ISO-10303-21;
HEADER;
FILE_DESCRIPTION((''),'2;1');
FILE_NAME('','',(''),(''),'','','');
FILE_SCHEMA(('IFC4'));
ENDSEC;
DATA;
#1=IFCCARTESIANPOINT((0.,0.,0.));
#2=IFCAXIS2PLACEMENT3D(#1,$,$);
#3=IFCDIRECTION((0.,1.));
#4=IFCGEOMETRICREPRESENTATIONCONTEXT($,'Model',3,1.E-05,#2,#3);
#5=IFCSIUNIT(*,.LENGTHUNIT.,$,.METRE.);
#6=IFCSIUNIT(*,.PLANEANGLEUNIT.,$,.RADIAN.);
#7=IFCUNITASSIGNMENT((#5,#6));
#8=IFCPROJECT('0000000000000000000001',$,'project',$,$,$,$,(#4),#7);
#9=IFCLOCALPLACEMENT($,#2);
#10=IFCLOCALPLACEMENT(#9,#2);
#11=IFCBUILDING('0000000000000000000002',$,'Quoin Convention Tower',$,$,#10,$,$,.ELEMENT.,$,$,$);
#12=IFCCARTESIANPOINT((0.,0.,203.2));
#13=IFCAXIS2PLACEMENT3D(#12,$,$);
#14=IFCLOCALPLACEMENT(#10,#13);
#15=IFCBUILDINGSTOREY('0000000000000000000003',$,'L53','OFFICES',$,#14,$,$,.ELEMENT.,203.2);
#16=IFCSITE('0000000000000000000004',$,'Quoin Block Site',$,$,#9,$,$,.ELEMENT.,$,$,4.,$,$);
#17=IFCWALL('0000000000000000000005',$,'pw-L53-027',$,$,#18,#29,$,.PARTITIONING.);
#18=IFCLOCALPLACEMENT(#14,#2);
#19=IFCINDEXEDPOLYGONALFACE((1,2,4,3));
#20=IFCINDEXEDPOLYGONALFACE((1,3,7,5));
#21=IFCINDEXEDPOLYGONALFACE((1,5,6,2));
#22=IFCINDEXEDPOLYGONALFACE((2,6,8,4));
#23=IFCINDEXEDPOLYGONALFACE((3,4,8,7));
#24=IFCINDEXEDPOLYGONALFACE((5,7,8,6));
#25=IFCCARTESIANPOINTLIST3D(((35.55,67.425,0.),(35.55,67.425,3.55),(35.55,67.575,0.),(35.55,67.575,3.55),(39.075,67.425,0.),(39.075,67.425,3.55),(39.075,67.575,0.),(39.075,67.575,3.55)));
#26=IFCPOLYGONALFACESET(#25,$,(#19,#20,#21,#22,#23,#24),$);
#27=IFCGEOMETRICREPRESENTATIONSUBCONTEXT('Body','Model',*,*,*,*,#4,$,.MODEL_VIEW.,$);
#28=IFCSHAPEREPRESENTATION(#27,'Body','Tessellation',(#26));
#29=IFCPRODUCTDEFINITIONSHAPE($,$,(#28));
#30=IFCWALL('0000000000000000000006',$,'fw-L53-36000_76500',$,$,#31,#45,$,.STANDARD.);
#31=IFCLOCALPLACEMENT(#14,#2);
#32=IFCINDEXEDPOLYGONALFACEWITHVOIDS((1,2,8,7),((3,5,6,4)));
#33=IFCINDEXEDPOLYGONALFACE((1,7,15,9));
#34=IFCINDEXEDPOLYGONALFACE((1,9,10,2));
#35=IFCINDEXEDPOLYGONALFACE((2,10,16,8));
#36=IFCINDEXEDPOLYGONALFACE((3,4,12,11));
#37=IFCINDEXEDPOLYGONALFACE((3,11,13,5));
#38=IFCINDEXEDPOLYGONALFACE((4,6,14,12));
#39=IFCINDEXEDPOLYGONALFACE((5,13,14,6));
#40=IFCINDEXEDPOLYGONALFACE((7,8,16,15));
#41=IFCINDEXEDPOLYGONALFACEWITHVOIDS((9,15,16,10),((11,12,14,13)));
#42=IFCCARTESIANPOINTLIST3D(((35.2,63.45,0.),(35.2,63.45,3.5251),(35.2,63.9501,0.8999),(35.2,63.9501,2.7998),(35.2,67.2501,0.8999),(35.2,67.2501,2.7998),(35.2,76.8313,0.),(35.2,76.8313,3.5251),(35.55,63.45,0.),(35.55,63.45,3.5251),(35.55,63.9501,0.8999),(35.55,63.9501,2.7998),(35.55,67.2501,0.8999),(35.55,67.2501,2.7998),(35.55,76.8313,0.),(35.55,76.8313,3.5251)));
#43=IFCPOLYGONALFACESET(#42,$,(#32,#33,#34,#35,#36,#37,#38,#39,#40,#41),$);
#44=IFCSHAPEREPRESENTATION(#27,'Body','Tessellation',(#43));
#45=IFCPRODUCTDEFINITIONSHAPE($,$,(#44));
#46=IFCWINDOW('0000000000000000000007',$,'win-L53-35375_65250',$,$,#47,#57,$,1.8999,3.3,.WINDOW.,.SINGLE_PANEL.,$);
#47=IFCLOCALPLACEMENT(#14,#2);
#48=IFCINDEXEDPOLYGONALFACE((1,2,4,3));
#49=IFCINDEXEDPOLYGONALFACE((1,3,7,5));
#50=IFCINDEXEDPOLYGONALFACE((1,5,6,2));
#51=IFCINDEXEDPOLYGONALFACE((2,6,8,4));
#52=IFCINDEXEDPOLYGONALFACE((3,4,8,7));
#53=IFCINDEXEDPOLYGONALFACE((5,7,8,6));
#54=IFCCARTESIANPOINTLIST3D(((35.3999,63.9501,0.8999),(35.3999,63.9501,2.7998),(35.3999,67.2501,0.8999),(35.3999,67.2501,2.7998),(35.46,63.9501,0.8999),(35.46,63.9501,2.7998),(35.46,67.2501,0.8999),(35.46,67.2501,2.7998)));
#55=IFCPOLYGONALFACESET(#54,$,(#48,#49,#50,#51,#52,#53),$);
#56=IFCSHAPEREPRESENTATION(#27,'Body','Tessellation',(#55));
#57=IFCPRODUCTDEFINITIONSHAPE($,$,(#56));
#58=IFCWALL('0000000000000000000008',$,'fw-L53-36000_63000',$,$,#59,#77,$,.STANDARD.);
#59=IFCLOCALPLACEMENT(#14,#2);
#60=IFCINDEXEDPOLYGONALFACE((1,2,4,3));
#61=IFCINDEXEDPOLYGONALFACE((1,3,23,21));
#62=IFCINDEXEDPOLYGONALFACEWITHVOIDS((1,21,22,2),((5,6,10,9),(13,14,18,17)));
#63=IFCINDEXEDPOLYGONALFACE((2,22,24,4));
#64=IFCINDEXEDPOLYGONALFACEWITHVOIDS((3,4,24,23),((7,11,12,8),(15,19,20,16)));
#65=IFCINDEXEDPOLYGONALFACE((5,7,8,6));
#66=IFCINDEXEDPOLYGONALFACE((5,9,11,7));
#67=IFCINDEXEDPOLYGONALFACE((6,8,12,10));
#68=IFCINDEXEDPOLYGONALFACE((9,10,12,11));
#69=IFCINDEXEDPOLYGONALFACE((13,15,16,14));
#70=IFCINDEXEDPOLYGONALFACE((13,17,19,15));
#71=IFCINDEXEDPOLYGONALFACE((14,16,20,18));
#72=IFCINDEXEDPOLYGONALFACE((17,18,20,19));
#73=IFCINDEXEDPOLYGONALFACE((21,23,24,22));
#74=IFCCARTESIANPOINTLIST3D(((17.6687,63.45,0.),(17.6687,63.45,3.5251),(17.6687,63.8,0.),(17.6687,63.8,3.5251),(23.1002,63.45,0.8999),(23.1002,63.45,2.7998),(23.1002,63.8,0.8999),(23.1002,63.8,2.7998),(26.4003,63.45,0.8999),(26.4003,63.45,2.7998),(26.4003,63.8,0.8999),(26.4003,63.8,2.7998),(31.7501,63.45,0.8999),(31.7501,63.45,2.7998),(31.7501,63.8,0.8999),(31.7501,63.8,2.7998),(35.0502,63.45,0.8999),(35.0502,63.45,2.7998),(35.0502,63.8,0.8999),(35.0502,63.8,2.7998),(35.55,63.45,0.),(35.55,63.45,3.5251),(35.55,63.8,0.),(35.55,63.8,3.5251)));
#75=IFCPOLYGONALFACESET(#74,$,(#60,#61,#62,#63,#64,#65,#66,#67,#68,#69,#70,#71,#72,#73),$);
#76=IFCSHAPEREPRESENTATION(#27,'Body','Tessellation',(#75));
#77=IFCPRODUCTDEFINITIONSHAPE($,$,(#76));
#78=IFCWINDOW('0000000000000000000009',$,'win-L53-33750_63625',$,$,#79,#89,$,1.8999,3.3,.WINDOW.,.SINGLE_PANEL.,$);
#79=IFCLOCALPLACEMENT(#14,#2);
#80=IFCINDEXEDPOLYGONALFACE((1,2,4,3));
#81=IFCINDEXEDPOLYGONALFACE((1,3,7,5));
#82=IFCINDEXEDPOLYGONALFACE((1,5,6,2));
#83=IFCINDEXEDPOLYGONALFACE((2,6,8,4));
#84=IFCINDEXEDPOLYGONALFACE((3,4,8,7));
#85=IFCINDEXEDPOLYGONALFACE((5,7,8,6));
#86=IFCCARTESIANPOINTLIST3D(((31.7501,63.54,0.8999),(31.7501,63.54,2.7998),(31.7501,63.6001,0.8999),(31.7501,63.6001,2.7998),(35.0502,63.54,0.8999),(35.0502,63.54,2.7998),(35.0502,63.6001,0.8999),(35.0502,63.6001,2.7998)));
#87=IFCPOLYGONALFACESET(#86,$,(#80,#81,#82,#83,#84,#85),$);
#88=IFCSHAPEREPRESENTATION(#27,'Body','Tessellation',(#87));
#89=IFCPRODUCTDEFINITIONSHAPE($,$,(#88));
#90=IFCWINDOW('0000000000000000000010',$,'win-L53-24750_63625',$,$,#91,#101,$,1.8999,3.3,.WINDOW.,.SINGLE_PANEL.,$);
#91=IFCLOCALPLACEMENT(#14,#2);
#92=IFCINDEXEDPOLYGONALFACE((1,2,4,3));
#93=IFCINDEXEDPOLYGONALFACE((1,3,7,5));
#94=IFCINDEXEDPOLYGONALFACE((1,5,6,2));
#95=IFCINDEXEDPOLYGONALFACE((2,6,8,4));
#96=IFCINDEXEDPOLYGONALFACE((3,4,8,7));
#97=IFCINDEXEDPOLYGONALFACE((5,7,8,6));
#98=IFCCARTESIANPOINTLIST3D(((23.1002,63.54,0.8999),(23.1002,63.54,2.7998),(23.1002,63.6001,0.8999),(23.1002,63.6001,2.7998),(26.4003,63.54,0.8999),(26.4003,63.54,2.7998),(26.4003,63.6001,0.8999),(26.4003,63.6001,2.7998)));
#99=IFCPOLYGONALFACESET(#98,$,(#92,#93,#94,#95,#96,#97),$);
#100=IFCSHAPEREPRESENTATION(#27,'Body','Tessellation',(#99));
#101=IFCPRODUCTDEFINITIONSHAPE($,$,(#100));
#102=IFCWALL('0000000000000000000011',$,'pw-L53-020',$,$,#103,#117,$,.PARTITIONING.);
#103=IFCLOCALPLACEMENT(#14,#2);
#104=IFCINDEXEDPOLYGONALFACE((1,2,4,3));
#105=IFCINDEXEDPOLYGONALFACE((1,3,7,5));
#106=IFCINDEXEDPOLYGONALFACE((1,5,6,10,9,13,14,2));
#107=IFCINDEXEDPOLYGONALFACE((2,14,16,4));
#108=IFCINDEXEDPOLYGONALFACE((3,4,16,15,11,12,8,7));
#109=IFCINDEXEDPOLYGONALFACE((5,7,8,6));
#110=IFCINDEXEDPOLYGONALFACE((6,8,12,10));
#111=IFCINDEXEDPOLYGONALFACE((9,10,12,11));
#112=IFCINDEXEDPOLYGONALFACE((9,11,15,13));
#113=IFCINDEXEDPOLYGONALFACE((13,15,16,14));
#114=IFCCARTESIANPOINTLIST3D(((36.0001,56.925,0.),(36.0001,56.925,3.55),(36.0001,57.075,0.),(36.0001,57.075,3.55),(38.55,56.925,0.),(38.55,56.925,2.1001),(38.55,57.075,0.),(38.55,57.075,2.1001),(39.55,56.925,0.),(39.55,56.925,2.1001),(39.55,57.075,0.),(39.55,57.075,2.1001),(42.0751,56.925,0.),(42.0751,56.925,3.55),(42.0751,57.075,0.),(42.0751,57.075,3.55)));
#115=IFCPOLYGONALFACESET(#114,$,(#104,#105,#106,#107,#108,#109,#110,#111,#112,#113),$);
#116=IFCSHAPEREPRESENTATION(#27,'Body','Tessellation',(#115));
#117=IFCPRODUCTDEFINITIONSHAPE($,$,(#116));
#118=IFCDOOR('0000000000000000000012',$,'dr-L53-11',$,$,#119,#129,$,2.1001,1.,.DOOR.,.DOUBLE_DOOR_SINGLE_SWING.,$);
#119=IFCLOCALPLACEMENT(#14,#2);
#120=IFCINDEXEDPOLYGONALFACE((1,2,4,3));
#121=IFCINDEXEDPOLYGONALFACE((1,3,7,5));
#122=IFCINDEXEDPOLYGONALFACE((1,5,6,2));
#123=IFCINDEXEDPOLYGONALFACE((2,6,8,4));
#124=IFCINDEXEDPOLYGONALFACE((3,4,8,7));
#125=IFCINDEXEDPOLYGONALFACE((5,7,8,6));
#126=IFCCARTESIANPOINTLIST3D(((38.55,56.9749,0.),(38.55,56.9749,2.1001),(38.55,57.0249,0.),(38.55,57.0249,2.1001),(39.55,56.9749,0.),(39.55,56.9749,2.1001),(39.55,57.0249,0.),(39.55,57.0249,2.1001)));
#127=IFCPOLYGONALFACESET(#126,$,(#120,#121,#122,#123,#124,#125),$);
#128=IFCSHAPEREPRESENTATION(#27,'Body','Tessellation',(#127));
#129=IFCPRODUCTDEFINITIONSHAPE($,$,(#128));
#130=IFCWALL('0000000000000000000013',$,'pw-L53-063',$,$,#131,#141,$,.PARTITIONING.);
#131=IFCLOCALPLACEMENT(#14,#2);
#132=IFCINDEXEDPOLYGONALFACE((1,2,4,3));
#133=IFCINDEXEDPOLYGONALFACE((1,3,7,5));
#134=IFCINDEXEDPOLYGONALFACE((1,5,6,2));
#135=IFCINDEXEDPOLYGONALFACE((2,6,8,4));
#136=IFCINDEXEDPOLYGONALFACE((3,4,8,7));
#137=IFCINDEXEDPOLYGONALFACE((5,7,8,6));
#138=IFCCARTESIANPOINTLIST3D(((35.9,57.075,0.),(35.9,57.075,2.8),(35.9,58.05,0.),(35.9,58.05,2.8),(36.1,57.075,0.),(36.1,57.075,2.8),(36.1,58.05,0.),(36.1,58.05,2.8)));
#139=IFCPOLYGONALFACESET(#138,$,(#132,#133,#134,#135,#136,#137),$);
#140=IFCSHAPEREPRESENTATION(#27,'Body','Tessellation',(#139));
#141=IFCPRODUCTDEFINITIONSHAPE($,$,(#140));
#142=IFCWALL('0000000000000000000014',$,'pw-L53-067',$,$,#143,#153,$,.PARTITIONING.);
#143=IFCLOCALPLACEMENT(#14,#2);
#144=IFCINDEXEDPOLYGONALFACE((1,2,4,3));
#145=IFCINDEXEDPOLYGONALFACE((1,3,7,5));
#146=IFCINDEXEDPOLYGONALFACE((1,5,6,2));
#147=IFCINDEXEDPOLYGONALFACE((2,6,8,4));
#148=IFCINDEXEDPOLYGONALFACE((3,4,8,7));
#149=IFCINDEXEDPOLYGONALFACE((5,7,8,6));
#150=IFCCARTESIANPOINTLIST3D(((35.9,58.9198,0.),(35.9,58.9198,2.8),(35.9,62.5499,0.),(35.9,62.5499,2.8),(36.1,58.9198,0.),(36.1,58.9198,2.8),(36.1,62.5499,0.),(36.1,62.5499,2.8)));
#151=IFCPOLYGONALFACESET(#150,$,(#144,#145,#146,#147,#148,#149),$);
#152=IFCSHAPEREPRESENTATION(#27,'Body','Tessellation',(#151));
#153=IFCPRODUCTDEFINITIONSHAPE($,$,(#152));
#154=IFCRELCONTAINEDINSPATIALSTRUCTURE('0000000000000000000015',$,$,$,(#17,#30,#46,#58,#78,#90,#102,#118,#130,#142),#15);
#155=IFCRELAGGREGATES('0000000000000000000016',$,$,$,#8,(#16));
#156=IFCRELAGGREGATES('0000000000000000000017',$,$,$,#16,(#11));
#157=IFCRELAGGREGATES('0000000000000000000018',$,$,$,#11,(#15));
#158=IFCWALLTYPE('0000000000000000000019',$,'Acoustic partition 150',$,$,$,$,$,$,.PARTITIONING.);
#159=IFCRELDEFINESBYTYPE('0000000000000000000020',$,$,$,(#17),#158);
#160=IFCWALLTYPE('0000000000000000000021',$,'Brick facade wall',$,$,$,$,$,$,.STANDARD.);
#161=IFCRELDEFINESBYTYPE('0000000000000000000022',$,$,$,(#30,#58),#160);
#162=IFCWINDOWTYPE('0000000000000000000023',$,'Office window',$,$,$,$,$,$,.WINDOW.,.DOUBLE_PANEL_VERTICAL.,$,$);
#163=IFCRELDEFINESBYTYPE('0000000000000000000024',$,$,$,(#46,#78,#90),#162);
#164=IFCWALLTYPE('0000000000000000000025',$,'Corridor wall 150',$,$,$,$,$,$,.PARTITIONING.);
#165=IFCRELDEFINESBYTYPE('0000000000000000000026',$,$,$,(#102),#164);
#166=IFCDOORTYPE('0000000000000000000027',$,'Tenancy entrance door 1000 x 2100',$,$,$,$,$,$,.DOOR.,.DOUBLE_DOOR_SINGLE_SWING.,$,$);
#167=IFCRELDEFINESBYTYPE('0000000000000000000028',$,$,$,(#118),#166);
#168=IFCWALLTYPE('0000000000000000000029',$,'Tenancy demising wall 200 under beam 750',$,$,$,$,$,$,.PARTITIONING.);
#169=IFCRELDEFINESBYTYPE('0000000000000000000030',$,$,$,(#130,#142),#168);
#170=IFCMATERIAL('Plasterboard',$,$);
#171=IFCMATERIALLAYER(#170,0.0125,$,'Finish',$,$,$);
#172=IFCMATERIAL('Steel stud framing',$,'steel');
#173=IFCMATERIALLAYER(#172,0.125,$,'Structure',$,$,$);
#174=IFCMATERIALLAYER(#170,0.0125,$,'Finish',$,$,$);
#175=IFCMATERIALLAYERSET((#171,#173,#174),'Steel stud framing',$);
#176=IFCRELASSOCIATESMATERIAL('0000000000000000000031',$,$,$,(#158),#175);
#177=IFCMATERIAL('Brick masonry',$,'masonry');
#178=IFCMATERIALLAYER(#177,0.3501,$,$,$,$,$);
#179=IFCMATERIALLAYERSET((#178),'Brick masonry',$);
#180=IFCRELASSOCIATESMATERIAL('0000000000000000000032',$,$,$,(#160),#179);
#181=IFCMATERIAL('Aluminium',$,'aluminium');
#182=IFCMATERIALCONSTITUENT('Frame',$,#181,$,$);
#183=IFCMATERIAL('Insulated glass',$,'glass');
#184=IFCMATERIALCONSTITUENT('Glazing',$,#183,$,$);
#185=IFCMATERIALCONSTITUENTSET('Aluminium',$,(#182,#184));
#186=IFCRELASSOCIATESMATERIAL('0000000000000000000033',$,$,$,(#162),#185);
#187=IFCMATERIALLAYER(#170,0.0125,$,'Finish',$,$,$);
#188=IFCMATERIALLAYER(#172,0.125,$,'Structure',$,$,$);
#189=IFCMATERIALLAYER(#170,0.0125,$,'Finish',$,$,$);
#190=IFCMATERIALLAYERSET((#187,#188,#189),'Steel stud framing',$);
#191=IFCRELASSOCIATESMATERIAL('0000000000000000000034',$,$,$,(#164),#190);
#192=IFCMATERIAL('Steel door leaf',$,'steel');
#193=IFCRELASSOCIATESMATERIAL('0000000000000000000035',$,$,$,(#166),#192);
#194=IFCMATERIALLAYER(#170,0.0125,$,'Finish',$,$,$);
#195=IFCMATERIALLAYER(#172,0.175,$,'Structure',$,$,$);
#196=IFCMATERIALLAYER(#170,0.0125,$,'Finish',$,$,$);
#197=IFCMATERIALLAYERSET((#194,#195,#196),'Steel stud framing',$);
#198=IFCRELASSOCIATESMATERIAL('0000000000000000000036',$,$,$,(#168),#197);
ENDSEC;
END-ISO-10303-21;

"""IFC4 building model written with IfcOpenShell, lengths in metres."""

from ifc_helpers import new_model, si_unit, direction, frame, frame_2d, origin, place, context, subcontext, project, spatial, rectangle, extrude, material, layer, layer_set, constituent, constituent_set, type_object, element, fill, save


model = new_model("IFC4")

# Units and contexts
model_context = context("Model", 3, precision=1e-05, world=origin(), true_north=direction((0.0, 1.0)))
body_context = subcontext(model_context, "Body", "Model", "MODEL_VIEW")
ifc_project = project(units=[si_unit("LENGTHUNIT", "METRE"), si_unit("PLANEANGLEUNIT", "RADIAN")], contexts=[model_context])

# Site, building, storey
site_placement = place(None, origin())
site = spatial("IfcSite", under=ifc_project, at=site_placement, Name="Quoin Block Site", CompositionType="ELEMENT", RefElevation=4.0)
building_placement = place(site_placement, origin())
building = spatial("IfcBuilding", under=site, at=building_placement, Name="Quoin Convention Tower", CompositionType="ELEMENT")
storey_placement = place(building_placement, frame((0.0, 0.0, 203.2)))
storey = spatial("IfcBuildingStorey", under=building, at=storey_placement, Name="L53", Description="OFFICES", CompositionType="ELEMENT", Elevation=203.2)

# Wall
ifc_material_1 = material(Name="Plasterboard")
ifc_layer_1 = layer(ifc_material_1, 0.0125, Name="Finish")
ifc_material_2 = material(Name="Steel stud framing", Category="steel")
ifc_layer_2 = layer(ifc_material_2, 0.125, Name="Structure")
ifc_layer_3 = layer(ifc_material_1, 0.0125, Name="Finish")
ifc_layer_set_1 = layer_set([ifc_layer_1, ifc_layer_2, ifc_layer_3], Name="Steel stud framing")
wall_type_1 = type_object("IfcWallType", Name="Acoustic partition 150", PredefinedType="PARTITIONING", material=ifc_layer_set_1)
wall_1_placement = place(storey_placement, frame((35.55, 67.5, 0.0), z_axis=(0.0, 0.0, 1.0), x_axis=(1.0, 0.0, 0.0)))
element("IfcWall", 1, at=wall_1_placement, inside=storey, type_object=wall_type_1, Name="pw-L53-027", PredefinedType="PARTITIONING", context=body_context, shape_type="SweptSolid", body=[
    extrude(rectangle(XDim=3.5249, YDim=0.1499, at=frame_2d((1.7625, 0.0))), origin(), (0.0, 0.0, 1.0), 3.55),
])

# Wall, opening, window
ifc_material_3 = material(Name="Brick masonry", Category="masonry")
ifc_layer_4 = layer(ifc_material_3, 0.3501)
ifc_layer_set_2 = layer_set([ifc_layer_4], Name="Brick masonry")
wall_type_2 = type_object("IfcWallType", Name="Brick facade wall", PredefinedType="STANDARD", material=ifc_layer_set_2)
wall_2_placement = place(storey_placement, frame((35.375, 76.8313, 0.0), z_axis=(0.0, 0.0, 1.0), x_axis=(0.0, -1.0, 0.0)))
wall_2 = element("IfcWall", 2, at=wall_2_placement, inside=storey, type_object=wall_type_2, Name="fw-L53-36000_76500", PredefinedType="STANDARD", context=body_context, shape_type="SweptSolid", body=[
    extrude(rectangle(XDim=13.3813, YDim=0.3501, at=frame_2d((6.6907, 0.0))), origin(), (0.0, 0.0, 1.0), 3.5251),
])
opening_1_placement = place(wall_2_placement, frame((9.5813, 0.0, 0.8999)))
opening_1 = element("IfcOpeningElement", 3, at=opening_1_placement, cuts=wall_2, PredefinedType="OPENING", context=body_context, shape_type="SweptSolid", body=[
    extrude(rectangle(XDim=3.3, YDim=1.8999, at=frame_2d((1.6499, 0.95))), frame((0.0, 0.1851, 0.0), z_axis=(0.0, -1.0, 0.0), x_axis=(1.0, 0.0, 0.0)), (0.0, 0.0, 1.0), 0.3701),
])
ifc_material_4 = material(Name="Aluminium", Category="aluminium")
ifc_constituent_1 = constituent(ifc_material_4, Name="Frame")
ifc_material_5 = material(Name="Insulated glass", Category="glass")
ifc_constituent_2 = constituent(ifc_material_5, Name="Glazing")
ifc_constituent_set = constituent_set(constituents=[ifc_constituent_1, ifc_constituent_2], Name="Aluminium")
window_type = type_object("IfcWindowType", Name="Office window", PartitioningType="DOUBLE_PANEL_VERTICAL", PredefinedType="WINDOW", material=ifc_constituent_set)
window_1_placement = place(opening_1_placement, origin())
window_1 = element("IfcWindow", 4, at=window_1_placement, inside=storey, type_object=window_type, Name="win-L53-35375_65250", OverallHeight=1.8999, OverallWidth=3.3, PartitioningType="SINGLE_PANEL", PredefinedType="WINDOW", context=body_context, shape_type="SweptSolid", body=[
    extrude(rectangle(XDim=3.3, YDim=1.8999, at=frame_2d((1.6499, 0.95))), frame((0.0, 0.085, 0.0), z_axis=(0.0, -1.0, 0.0), x_axis=(1.0, 0.0, 0.0)), (0.0, 0.0, 1.0), 0.0601),
])
fill(opening_1, window_1)

# Wall, openings, windows
wall_3_placement = place(storey_placement, frame((35.55, 63.625, 0.0), z_axis=(0.0, 0.0, 1.0), x_axis=(-1.0, 0.0, 0.0)))
wall_3 = element("IfcWall", 5, at=wall_3_placement, inside=storey, type_object=wall_type_2, Name="fw-L53-36000_63000", PredefinedType="STANDARD", context=body_context, shape_type="SweptSolid", body=[
    extrude(rectangle(XDim=17.8813, YDim=0.3501, at=frame_2d((8.9407, 0.0))), origin(), (0.0, 0.0, 1.0), 3.5251),
])
opening_2_placement = place(wall_3_placement, frame((0.5, 0.0, 0.8999)))
opening_2 = element("IfcOpeningElement", 6, at=opening_2_placement, cuts=wall_3, PredefinedType="OPENING", context=body_context, shape_type="SweptSolid", body=[
    extrude(rectangle(XDim=3.3, YDim=1.8999, at=frame_2d((1.6499, 0.95))), frame((0.0, 0.1851, 0.0), z_axis=(0.0, -1.0, 0.0), x_axis=(1.0, 0.0, 0.0)), (0.0, 0.0, 1.0), 0.3701),
])
opening_3_placement = place(wall_3_placement, frame((9.1499, 0.0, 0.8999)))
opening_3 = element("IfcOpeningElement", 7, at=opening_3_placement, cuts=wall_3, PredefinedType="OPENING", context=body_context, shape_type="SweptSolid", body=[
    extrude(rectangle(XDim=3.3, YDim=1.8999, at=frame_2d((1.6499, 0.95))), frame((0.0, 0.1851, 0.0), z_axis=(0.0, -1.0, 0.0), x_axis=(1.0, 0.0, 0.0)), (0.0, 0.0, 1.0), 0.3701),
])
window_2_placement = place(opening_2_placement, origin())
window_2 = element("IfcWindow", 8, at=window_2_placement, inside=storey, type_object=window_type, Name="win-L53-33750_63625", OverallHeight=1.8999, OverallWidth=3.3, PartitioningType="SINGLE_PANEL", PredefinedType="WINDOW", context=body_context, shape_type="SweptSolid", body=[
    extrude(rectangle(XDim=3.3, YDim=1.8999, at=frame_2d((1.6499, 0.95))), frame((0.0, 0.085, 0.0), z_axis=(0.0, -1.0, 0.0), x_axis=(1.0, 0.0, 0.0)), (0.0, 0.0, 1.0), 0.0601),
])
fill(opening_2, window_2)
window_3_placement = place(opening_3_placement, origin())
window_3 = element("IfcWindow", 9, at=window_3_placement, inside=storey, type_object=window_type, Name="win-L53-24750_63625", OverallHeight=1.8999, OverallWidth=3.3, PartitioningType="SINGLE_PANEL", PredefinedType="WINDOW", context=body_context, shape_type="SweptSolid", body=[
    extrude(rectangle(XDim=3.3, YDim=1.8999, at=frame_2d((1.6499, 0.95))), frame((0.0, 0.085, 0.0), z_axis=(0.0, -1.0, 0.0), x_axis=(1.0, 0.0, 0.0)), (0.0, 0.0, 1.0), 0.0601),
])
fill(opening_3, window_3)

# Wall, opening, door
ifc_layer_5 = layer(ifc_material_1, 0.0125, Name="Finish")
ifc_layer_6 = layer(ifc_material_2, 0.125, Name="Structure")
ifc_layer_7 = layer(ifc_material_1, 0.0125, Name="Finish")
ifc_layer_set_3 = layer_set([ifc_layer_5, ifc_layer_6, ifc_layer_7], Name="Steel stud framing")
wall_type_3 = type_object("IfcWallType", Name="Corridor wall 150", PredefinedType="PARTITIONING", material=ifc_layer_set_3)
wall_4_placement = place(storey_placement, frame((36.0, 57.0, 0.0), z_axis=(0.0, 0.0, 1.0), x_axis=(1.0, 0.0, 0.0)))
wall_4 = element("IfcWall", 10, at=wall_4_placement, inside=storey, type_object=wall_type_3, Name="pw-L53-020", PredefinedType="PARTITIONING", context=body_context, shape_type="SweptSolid", body=[
    extrude(rectangle(XDim=6.075, YDim=0.1499, at=frame_2d((3.0376, 0.0))), origin(), (0.0, 0.0, 1.0), 3.55),
])
opening_4_placement = place(wall_4_placement, frame((2.55, 0.0, 0.0)))
opening_4 = element("IfcOpeningElement", 11, at=opening_4_placement, cuts=wall_4, PredefinedType="OPENING", context=body_context, shape_type="SweptSolid", body=[
    extrude(rectangle(XDim=1.0, YDim=2.1001, at=frame_2d((0.5, 1.05))), frame((0.0, 0.085, 0.0), z_axis=(0.0, -1.0, 0.0), x_axis=(1.0, 0.0, 0.0)), (0.0, 0.0, 1.0), 0.1699),
])
ifc_material_6 = material(Name="Steel door leaf", Category="steel")
door_type = type_object("IfcDoorType", Name="Tenancy entrance door 1000 x 2100", OperationType="DOUBLE_DOOR_SINGLE_SWING", PredefinedType="DOOR", material=ifc_material_6)
door_placement = place(opening_4_placement, origin())
door = element("IfcDoor", 12, at=door_placement, inside=storey, type_object=door_type, Name="dr-L53-11", OperationType="DOUBLE_DOOR_SINGLE_SWING", OverallHeight=2.1001, OverallWidth=1.0, PredefinedType="DOOR", context=body_context, shape_type="SweptSolid", body=[
    extrude(rectangle(XDim=1.0, YDim=2.1001, at=frame_2d((0.5, 1.05))), frame((0.0, 0.0249, 0.0), z_axis=(0.0, -1.0, 0.0), x_axis=(1.0, 0.0, 0.0)), (0.0, 0.0, 1.0), 0.05),
])
fill(opening_4, door)

# Walls
ifc_layer_8 = layer(ifc_material_1, 0.0125, Name="Finish")
ifc_layer_9 = layer(ifc_material_2, 0.175, Name="Structure")
ifc_layer_10 = layer(ifc_material_1, 0.0125, Name="Finish")
ifc_layer_set_4 = layer_set([ifc_layer_8, ifc_layer_9, ifc_layer_10], Name="Steel stud framing")
wall_type_4 = type_object("IfcWallType", Name="Tenancy demising wall 200 under beam 750", PredefinedType="PARTITIONING", material=ifc_layer_set_4)
wall_5_placement = place(storey_placement, frame((36.0, 57.075, 0.0), z_axis=(0.0, 0.0, 1.0), x_axis=(0.0, 1.0, 0.0)))
element("IfcWall", 13, at=wall_5_placement, inside=storey, type_object=wall_type_4, Name="pw-L53-063", PredefinedType="PARTITIONING", context=body_context, shape_type="SweptSolid", body=[
    extrude(rectangle(XDim=0.9751, YDim=0.2, at=frame_2d((0.4875, 0.0))), origin(), (0.0, 0.0, 1.0), 2.8),
])
wall_6_placement = place(storey_placement, frame((36.0, 58.9199, 0.0), z_axis=(0.0, 0.0, 1.0), x_axis=(0.0, 1.0, 0.0)))
element("IfcWall", 14, at=wall_6_placement, inside=storey, type_object=wall_type_4, Name="pw-L53-067", PredefinedType="PARTITIONING", context=body_context, shape_type="SweptSolid", body=[
    extrude(rectangle(XDim=3.6301, YDim=0.2, at=frame_2d((1.8149, 0.0))), origin(), (0.0, 0.0, 1.0), 2.8),
])

save(model, "model.ifc")
